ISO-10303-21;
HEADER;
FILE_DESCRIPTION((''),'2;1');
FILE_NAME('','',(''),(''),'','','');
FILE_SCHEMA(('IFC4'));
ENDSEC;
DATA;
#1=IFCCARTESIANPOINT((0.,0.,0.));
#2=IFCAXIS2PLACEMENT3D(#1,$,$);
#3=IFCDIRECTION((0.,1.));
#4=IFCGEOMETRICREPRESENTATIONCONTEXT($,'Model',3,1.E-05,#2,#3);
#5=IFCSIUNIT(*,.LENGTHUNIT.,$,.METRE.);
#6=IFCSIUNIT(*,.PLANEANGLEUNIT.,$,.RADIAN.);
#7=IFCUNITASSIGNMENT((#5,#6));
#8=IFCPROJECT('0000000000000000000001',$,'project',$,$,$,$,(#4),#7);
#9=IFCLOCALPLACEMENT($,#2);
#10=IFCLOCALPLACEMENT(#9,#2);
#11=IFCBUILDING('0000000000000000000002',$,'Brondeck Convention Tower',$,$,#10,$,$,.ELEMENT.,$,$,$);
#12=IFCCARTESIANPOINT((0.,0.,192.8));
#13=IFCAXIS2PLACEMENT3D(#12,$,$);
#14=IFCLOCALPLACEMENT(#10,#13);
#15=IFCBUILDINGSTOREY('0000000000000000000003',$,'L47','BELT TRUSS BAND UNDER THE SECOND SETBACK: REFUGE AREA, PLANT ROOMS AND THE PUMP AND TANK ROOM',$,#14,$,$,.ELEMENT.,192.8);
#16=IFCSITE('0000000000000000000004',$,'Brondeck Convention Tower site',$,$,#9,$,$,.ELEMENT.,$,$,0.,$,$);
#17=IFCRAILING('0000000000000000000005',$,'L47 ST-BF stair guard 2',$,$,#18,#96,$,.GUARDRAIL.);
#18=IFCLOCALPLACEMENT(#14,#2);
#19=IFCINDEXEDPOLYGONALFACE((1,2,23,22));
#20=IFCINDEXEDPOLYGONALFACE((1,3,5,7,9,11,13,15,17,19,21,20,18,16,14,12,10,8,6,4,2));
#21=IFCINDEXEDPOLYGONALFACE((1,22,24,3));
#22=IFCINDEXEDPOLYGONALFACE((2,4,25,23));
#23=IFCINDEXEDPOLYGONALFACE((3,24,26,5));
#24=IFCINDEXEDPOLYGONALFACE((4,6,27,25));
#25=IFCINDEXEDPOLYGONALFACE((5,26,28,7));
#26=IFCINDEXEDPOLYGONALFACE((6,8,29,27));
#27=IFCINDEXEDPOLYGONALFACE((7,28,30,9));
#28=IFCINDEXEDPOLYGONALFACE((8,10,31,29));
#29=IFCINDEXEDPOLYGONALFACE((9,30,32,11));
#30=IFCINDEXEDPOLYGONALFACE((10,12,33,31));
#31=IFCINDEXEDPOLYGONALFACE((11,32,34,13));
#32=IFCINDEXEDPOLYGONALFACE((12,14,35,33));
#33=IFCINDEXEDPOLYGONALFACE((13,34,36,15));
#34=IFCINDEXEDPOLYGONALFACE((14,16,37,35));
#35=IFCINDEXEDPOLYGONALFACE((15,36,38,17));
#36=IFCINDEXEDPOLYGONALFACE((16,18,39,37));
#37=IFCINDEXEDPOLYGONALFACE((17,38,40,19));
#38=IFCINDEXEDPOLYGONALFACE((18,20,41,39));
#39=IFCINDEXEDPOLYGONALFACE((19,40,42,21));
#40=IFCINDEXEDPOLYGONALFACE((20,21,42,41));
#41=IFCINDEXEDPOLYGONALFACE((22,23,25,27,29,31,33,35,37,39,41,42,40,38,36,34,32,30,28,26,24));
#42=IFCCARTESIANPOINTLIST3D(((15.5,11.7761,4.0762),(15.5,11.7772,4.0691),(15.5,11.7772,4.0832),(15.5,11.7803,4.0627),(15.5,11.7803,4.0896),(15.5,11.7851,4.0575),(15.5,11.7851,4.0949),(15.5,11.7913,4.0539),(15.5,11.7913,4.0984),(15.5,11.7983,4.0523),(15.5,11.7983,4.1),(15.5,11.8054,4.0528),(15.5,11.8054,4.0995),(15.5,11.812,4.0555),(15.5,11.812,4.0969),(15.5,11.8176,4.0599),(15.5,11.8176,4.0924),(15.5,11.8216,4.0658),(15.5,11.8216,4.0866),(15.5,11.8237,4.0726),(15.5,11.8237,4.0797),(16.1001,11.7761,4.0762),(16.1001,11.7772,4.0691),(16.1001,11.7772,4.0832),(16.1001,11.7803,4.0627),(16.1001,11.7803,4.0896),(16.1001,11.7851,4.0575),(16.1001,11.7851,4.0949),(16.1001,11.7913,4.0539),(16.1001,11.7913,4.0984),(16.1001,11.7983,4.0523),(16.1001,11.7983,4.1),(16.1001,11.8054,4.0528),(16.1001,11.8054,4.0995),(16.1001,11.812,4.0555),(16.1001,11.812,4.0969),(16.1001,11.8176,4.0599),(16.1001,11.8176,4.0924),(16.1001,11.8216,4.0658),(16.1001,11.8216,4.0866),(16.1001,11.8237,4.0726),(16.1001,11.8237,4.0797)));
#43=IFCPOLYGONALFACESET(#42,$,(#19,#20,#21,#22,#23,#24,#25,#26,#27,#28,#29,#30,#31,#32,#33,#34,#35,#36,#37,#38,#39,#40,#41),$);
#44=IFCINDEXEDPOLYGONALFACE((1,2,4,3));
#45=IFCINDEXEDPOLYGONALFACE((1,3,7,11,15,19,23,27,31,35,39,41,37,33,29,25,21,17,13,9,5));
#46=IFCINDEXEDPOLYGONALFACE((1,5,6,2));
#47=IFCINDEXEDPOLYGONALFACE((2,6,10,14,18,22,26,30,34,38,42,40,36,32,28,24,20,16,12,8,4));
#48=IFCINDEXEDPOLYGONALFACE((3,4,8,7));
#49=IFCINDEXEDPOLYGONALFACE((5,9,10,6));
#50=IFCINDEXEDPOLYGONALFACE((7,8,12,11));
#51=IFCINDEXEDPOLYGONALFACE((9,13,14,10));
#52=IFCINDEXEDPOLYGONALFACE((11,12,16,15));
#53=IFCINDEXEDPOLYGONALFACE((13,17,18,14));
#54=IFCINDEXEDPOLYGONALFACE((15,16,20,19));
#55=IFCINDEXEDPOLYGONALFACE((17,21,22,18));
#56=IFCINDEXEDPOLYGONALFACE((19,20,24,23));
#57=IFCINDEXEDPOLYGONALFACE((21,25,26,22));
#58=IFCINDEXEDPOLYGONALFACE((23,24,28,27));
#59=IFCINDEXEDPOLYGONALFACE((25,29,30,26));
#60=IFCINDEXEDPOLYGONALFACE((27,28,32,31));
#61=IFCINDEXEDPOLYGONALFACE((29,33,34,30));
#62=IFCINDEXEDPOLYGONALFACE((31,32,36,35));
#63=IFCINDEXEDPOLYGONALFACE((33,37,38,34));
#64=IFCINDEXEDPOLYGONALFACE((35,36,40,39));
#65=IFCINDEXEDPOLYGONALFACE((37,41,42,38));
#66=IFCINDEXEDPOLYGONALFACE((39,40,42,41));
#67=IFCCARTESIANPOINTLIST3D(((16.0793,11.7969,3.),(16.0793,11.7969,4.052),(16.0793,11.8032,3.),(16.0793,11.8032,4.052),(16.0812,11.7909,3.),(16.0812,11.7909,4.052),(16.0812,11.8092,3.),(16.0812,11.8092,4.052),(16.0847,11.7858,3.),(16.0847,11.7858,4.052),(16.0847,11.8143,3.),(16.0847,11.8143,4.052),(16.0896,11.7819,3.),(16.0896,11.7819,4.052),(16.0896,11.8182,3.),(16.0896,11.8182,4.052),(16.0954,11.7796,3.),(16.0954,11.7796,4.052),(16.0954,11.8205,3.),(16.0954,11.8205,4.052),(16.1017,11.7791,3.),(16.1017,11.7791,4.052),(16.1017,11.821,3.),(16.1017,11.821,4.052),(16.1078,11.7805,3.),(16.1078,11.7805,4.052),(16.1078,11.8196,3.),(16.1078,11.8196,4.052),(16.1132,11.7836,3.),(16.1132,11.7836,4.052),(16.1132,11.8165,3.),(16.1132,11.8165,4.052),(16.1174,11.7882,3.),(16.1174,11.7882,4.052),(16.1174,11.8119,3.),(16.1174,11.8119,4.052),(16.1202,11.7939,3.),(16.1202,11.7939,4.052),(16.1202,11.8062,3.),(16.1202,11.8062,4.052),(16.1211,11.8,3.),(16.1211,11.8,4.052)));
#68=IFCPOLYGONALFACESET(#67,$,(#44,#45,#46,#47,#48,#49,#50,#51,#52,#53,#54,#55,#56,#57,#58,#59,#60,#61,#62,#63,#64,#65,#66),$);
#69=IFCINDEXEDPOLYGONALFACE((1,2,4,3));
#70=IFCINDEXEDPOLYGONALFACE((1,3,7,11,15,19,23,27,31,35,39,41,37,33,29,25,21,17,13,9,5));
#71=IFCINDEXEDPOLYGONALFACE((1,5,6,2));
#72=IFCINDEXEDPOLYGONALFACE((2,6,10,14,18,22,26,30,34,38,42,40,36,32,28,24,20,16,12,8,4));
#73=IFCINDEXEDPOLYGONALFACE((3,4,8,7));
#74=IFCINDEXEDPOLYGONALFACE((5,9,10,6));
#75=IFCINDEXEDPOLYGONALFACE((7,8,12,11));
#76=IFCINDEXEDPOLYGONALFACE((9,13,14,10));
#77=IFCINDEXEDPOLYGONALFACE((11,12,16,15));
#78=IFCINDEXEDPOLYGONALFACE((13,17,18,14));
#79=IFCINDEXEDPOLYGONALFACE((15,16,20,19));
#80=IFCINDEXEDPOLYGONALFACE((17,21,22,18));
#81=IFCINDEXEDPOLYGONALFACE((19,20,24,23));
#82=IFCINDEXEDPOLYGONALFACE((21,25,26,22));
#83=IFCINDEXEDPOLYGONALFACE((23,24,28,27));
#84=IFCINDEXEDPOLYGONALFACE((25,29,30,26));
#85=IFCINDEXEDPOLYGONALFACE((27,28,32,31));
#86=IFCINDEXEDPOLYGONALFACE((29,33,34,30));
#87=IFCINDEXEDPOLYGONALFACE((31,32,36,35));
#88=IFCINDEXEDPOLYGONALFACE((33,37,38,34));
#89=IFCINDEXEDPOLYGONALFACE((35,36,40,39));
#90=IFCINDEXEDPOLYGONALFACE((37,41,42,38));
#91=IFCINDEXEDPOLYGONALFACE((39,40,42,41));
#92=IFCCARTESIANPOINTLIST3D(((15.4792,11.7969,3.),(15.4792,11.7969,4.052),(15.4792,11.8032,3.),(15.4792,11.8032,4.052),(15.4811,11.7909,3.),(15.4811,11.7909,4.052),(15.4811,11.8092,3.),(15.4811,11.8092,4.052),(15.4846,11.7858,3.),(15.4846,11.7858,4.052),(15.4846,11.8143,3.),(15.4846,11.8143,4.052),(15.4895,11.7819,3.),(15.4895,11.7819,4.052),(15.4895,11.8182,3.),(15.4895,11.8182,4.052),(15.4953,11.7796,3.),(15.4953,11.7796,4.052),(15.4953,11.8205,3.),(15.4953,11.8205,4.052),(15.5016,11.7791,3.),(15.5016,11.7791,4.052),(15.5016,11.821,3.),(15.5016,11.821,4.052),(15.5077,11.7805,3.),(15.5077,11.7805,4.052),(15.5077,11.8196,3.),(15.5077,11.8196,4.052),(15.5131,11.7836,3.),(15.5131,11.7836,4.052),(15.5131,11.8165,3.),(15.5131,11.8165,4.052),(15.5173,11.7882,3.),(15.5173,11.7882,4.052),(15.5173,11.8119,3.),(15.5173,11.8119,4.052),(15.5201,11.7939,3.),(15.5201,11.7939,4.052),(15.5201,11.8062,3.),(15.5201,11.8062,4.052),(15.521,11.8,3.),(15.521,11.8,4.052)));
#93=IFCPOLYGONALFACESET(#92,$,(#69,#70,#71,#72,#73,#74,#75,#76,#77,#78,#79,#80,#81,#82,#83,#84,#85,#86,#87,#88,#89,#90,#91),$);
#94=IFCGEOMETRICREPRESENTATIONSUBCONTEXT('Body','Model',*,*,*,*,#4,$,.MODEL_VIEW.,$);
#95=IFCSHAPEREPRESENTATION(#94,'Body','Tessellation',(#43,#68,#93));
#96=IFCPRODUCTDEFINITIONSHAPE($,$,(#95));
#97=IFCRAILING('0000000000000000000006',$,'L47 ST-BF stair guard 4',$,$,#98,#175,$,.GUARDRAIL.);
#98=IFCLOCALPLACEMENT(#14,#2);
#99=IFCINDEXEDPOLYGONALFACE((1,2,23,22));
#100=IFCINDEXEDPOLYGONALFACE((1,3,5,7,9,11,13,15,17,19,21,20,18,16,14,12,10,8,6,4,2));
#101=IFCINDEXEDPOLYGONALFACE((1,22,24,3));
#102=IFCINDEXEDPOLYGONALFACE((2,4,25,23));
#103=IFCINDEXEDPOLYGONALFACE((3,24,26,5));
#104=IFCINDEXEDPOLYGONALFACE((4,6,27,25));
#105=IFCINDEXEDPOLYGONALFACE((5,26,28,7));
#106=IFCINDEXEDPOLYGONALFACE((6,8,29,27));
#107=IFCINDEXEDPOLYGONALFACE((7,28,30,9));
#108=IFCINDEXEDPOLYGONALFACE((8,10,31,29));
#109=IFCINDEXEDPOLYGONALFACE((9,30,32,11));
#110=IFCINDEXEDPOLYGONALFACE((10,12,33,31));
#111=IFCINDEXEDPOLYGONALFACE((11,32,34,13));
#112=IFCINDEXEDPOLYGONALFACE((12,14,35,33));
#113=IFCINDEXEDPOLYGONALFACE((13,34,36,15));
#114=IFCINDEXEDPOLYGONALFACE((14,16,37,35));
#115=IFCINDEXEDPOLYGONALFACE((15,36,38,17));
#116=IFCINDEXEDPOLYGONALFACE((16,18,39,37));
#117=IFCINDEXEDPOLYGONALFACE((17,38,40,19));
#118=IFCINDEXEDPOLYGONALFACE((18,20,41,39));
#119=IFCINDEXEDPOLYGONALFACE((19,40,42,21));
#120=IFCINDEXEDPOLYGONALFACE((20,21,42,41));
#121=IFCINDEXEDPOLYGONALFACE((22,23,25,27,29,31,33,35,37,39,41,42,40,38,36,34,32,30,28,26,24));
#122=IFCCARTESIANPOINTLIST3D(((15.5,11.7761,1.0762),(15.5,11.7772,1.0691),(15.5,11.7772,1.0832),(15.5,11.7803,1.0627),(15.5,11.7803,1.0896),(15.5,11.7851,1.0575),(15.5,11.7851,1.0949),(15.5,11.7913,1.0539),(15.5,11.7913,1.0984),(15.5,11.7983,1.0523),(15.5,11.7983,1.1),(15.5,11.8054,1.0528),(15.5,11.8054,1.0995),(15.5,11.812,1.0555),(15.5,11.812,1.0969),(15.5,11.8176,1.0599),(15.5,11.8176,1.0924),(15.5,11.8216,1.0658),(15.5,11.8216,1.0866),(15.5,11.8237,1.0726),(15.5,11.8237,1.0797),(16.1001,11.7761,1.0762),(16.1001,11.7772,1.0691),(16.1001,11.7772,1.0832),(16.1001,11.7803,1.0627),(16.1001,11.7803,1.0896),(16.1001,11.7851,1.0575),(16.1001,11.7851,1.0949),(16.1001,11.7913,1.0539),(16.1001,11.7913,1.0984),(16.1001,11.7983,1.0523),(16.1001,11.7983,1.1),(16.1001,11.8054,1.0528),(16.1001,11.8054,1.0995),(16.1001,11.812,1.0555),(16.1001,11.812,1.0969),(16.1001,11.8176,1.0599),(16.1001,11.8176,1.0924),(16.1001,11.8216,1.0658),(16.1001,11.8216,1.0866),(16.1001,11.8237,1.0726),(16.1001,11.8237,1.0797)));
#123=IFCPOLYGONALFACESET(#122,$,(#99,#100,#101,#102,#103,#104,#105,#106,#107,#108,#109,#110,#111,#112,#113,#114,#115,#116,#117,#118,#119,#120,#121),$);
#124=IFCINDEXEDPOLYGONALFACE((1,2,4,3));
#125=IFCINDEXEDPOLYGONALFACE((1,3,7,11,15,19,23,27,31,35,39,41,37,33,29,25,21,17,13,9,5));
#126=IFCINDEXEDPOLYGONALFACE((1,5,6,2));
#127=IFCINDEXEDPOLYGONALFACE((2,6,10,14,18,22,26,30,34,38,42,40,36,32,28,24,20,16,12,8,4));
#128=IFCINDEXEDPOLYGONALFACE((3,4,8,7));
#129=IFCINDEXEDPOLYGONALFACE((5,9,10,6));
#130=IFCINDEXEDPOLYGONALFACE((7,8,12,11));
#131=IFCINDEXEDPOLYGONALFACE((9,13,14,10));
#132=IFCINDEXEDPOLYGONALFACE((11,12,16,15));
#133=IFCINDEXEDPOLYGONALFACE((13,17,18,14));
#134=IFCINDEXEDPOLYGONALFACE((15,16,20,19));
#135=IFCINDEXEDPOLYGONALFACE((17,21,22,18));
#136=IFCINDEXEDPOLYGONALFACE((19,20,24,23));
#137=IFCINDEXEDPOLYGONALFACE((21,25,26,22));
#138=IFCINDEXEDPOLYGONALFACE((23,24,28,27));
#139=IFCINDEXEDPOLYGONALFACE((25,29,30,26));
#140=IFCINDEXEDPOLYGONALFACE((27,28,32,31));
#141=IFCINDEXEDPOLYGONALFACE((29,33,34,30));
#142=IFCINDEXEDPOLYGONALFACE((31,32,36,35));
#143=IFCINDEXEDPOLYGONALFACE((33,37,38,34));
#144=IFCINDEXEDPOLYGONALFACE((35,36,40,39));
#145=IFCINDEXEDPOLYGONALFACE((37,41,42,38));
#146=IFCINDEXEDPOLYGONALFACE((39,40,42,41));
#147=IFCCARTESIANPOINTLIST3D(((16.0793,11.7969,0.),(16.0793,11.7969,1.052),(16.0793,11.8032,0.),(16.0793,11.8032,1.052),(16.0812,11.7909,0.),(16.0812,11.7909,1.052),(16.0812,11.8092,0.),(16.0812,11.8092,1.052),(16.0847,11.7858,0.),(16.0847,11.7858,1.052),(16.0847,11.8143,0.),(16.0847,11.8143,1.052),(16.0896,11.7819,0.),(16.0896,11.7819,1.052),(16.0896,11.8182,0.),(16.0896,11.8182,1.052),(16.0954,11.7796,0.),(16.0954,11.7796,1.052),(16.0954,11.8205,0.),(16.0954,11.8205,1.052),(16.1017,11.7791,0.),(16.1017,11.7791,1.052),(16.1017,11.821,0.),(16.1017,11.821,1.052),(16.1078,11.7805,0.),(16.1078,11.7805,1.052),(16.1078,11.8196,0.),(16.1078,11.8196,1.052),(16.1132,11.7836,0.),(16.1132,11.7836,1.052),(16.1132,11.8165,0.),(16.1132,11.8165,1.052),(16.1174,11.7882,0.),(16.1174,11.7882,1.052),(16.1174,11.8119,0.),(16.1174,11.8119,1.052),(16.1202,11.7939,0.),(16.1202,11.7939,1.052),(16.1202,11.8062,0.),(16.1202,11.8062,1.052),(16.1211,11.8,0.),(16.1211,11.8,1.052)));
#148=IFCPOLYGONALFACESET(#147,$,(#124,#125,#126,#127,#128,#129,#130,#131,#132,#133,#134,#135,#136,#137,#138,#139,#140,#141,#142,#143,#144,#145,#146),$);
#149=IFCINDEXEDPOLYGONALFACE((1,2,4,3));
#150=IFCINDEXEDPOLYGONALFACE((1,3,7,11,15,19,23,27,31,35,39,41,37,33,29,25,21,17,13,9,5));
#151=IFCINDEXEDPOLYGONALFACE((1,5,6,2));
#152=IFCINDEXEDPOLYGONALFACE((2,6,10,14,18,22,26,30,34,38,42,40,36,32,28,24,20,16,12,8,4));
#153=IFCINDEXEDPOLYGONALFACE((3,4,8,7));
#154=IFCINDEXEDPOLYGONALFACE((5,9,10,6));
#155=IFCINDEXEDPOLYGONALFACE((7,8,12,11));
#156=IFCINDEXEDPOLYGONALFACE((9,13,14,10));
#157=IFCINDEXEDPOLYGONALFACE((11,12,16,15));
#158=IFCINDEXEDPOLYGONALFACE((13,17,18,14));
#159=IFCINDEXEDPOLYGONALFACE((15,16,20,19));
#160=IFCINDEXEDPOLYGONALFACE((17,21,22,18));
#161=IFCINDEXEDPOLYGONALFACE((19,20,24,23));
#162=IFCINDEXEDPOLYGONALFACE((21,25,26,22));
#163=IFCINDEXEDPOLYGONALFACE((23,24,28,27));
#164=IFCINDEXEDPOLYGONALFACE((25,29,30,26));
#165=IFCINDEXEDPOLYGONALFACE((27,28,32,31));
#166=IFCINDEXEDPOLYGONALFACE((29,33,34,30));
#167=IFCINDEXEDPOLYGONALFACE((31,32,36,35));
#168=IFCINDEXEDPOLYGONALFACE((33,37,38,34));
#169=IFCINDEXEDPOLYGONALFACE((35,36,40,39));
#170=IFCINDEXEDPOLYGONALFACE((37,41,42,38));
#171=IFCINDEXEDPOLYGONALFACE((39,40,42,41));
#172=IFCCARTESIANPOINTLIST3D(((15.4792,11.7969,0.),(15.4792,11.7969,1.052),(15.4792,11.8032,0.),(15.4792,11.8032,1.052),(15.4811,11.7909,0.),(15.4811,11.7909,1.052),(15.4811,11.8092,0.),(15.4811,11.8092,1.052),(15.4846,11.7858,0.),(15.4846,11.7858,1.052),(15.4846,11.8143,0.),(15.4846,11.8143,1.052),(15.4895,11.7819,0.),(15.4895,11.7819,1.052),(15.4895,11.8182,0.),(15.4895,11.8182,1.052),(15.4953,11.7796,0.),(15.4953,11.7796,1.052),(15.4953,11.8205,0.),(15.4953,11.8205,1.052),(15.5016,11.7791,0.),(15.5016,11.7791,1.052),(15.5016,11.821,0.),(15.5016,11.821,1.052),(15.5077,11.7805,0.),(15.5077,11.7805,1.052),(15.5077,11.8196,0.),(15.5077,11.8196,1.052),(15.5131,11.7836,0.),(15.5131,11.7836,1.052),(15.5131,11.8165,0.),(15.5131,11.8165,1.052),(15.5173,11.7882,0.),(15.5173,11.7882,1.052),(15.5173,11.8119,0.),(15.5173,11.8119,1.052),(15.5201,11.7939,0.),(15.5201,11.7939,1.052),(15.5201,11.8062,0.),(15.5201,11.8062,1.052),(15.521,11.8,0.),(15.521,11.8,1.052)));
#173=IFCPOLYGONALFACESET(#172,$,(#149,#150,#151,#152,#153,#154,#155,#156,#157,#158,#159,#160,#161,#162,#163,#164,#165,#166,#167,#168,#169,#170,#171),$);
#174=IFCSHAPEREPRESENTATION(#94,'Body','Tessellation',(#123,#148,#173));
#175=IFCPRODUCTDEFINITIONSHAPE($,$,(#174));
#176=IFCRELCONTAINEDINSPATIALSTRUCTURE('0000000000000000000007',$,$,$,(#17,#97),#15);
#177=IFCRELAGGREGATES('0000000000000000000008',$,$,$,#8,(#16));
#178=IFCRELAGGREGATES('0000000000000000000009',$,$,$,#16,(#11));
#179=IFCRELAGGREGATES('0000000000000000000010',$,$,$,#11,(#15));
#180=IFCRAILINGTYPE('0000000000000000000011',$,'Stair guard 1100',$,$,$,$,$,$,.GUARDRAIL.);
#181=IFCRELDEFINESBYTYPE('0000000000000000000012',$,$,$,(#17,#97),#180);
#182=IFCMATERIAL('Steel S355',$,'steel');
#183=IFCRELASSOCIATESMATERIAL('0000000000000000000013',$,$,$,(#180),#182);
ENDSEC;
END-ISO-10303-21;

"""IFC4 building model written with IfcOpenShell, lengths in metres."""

from ifc_helpers import new_model, si_unit, direction, frame, origin, origin_2d, place, context, subcontext, project, spatial, circle, extrude, material, type_object, element, save


model = new_model("IFC4")

# Units and contexts
model_context = context("Model", 3, precision=1e-05, world=origin(), true_north=direction((0.0, 1.0)))
body_context = subcontext(model_context, "Body", "Model", "MODEL_VIEW")
ifc_project = project(units=[si_unit("LENGTHUNIT", "METRE"), si_unit("PLANEANGLEUNIT", "RADIAN")], contexts=[model_context])

# Site, building, storey
site_placement = place(None, origin())
site = spatial("IfcSite", under=ifc_project, at=site_placement, Name="Brondeck Convention Tower site", CompositionType="ELEMENT", RefElevation=0.0)
building_placement = place(site_placement, origin())
building = spatial("IfcBuilding", under=site, at=building_placement, Name="Brondeck Convention Tower", CompositionType="ELEMENT")
storey_placement = place(building_placement, frame((0.0, 0.0, 192.8)))
storey = spatial("IfcBuildingStorey", under=building, at=storey_placement, Name="L47", Description="BELT TRUSS BAND UNDER THE SECOND SETBACK: REFUGE AREA, PLANT ROOMS AND THE PUMP AND TANK ROOM", CompositionType="ELEMENT", Elevation=192.8)

# Shared definitions
ifc_material_1 = material(Name="Steel S355", Category="steel")

# Railings
railing_type_1 = type_object("IfcRailingType", Name="Stair guard 1100", PredefinedType="GUARDRAIL", material=ifc_material_1)
railing_1_placement = place(storey_placement, frame((16.1001, 11.8, 3.0)))
element("IfcRailing", 1, at=railing_1_placement, inside=storey, type_object=railing_type_1, Name="L47 ST-BF stair guard 2", PredefinedType="GUARDRAIL", context=body_context, shape_type="SweptSolid", body=[
    extrude(circle(Radius=0.0239, at=origin_2d()), frame((0.0, 0.0, 1.0762), z_axis=(-1.0, 0.0, 0.0), x_axis=(0.0, -1.0, 0.0)), (0.0, 0.0, 1.0), 0.6001),
    extrude(circle(Radius=0.021, at=origin_2d()), origin(), (0.0, 0.0, 1.0), 1.052),
    extrude(circle(Radius=0.021, at=origin_2d()), frame((-0.6001, 0.0, 0.0)), (0.0, 0.0, 1.0), 1.052),
])
railing_2_placement = place(storey_placement, frame((16.1001, 11.8, 0.0)))
element("IfcRailing", 2, at=railing_2_placement, inside=storey, type_object=railing_type_1, Name="L47 ST-BF stair guard 4", PredefinedType="GUARDRAIL", context=body_context, shape_type="SweptSolid", body=[
    extrude(circle(Radius=0.0239, at=origin_2d()), frame((0.0, 0.0, 1.0762), z_axis=(-1.0, 0.0, 0.0), x_axis=(0.0, -1.0, 0.0)), (0.0, 0.0, 1.0), 0.6001),
    extrude(circle(Radius=0.021, at=origin_2d()), origin(), (0.0, 0.0, 1.0), 1.052),
    extrude(circle(Radius=0.021, at=origin_2d()), frame((-0.6001, 0.0, 0.0)), (0.0, 0.0, 1.0), 1.052),
])

save(model, "model.ifc")
